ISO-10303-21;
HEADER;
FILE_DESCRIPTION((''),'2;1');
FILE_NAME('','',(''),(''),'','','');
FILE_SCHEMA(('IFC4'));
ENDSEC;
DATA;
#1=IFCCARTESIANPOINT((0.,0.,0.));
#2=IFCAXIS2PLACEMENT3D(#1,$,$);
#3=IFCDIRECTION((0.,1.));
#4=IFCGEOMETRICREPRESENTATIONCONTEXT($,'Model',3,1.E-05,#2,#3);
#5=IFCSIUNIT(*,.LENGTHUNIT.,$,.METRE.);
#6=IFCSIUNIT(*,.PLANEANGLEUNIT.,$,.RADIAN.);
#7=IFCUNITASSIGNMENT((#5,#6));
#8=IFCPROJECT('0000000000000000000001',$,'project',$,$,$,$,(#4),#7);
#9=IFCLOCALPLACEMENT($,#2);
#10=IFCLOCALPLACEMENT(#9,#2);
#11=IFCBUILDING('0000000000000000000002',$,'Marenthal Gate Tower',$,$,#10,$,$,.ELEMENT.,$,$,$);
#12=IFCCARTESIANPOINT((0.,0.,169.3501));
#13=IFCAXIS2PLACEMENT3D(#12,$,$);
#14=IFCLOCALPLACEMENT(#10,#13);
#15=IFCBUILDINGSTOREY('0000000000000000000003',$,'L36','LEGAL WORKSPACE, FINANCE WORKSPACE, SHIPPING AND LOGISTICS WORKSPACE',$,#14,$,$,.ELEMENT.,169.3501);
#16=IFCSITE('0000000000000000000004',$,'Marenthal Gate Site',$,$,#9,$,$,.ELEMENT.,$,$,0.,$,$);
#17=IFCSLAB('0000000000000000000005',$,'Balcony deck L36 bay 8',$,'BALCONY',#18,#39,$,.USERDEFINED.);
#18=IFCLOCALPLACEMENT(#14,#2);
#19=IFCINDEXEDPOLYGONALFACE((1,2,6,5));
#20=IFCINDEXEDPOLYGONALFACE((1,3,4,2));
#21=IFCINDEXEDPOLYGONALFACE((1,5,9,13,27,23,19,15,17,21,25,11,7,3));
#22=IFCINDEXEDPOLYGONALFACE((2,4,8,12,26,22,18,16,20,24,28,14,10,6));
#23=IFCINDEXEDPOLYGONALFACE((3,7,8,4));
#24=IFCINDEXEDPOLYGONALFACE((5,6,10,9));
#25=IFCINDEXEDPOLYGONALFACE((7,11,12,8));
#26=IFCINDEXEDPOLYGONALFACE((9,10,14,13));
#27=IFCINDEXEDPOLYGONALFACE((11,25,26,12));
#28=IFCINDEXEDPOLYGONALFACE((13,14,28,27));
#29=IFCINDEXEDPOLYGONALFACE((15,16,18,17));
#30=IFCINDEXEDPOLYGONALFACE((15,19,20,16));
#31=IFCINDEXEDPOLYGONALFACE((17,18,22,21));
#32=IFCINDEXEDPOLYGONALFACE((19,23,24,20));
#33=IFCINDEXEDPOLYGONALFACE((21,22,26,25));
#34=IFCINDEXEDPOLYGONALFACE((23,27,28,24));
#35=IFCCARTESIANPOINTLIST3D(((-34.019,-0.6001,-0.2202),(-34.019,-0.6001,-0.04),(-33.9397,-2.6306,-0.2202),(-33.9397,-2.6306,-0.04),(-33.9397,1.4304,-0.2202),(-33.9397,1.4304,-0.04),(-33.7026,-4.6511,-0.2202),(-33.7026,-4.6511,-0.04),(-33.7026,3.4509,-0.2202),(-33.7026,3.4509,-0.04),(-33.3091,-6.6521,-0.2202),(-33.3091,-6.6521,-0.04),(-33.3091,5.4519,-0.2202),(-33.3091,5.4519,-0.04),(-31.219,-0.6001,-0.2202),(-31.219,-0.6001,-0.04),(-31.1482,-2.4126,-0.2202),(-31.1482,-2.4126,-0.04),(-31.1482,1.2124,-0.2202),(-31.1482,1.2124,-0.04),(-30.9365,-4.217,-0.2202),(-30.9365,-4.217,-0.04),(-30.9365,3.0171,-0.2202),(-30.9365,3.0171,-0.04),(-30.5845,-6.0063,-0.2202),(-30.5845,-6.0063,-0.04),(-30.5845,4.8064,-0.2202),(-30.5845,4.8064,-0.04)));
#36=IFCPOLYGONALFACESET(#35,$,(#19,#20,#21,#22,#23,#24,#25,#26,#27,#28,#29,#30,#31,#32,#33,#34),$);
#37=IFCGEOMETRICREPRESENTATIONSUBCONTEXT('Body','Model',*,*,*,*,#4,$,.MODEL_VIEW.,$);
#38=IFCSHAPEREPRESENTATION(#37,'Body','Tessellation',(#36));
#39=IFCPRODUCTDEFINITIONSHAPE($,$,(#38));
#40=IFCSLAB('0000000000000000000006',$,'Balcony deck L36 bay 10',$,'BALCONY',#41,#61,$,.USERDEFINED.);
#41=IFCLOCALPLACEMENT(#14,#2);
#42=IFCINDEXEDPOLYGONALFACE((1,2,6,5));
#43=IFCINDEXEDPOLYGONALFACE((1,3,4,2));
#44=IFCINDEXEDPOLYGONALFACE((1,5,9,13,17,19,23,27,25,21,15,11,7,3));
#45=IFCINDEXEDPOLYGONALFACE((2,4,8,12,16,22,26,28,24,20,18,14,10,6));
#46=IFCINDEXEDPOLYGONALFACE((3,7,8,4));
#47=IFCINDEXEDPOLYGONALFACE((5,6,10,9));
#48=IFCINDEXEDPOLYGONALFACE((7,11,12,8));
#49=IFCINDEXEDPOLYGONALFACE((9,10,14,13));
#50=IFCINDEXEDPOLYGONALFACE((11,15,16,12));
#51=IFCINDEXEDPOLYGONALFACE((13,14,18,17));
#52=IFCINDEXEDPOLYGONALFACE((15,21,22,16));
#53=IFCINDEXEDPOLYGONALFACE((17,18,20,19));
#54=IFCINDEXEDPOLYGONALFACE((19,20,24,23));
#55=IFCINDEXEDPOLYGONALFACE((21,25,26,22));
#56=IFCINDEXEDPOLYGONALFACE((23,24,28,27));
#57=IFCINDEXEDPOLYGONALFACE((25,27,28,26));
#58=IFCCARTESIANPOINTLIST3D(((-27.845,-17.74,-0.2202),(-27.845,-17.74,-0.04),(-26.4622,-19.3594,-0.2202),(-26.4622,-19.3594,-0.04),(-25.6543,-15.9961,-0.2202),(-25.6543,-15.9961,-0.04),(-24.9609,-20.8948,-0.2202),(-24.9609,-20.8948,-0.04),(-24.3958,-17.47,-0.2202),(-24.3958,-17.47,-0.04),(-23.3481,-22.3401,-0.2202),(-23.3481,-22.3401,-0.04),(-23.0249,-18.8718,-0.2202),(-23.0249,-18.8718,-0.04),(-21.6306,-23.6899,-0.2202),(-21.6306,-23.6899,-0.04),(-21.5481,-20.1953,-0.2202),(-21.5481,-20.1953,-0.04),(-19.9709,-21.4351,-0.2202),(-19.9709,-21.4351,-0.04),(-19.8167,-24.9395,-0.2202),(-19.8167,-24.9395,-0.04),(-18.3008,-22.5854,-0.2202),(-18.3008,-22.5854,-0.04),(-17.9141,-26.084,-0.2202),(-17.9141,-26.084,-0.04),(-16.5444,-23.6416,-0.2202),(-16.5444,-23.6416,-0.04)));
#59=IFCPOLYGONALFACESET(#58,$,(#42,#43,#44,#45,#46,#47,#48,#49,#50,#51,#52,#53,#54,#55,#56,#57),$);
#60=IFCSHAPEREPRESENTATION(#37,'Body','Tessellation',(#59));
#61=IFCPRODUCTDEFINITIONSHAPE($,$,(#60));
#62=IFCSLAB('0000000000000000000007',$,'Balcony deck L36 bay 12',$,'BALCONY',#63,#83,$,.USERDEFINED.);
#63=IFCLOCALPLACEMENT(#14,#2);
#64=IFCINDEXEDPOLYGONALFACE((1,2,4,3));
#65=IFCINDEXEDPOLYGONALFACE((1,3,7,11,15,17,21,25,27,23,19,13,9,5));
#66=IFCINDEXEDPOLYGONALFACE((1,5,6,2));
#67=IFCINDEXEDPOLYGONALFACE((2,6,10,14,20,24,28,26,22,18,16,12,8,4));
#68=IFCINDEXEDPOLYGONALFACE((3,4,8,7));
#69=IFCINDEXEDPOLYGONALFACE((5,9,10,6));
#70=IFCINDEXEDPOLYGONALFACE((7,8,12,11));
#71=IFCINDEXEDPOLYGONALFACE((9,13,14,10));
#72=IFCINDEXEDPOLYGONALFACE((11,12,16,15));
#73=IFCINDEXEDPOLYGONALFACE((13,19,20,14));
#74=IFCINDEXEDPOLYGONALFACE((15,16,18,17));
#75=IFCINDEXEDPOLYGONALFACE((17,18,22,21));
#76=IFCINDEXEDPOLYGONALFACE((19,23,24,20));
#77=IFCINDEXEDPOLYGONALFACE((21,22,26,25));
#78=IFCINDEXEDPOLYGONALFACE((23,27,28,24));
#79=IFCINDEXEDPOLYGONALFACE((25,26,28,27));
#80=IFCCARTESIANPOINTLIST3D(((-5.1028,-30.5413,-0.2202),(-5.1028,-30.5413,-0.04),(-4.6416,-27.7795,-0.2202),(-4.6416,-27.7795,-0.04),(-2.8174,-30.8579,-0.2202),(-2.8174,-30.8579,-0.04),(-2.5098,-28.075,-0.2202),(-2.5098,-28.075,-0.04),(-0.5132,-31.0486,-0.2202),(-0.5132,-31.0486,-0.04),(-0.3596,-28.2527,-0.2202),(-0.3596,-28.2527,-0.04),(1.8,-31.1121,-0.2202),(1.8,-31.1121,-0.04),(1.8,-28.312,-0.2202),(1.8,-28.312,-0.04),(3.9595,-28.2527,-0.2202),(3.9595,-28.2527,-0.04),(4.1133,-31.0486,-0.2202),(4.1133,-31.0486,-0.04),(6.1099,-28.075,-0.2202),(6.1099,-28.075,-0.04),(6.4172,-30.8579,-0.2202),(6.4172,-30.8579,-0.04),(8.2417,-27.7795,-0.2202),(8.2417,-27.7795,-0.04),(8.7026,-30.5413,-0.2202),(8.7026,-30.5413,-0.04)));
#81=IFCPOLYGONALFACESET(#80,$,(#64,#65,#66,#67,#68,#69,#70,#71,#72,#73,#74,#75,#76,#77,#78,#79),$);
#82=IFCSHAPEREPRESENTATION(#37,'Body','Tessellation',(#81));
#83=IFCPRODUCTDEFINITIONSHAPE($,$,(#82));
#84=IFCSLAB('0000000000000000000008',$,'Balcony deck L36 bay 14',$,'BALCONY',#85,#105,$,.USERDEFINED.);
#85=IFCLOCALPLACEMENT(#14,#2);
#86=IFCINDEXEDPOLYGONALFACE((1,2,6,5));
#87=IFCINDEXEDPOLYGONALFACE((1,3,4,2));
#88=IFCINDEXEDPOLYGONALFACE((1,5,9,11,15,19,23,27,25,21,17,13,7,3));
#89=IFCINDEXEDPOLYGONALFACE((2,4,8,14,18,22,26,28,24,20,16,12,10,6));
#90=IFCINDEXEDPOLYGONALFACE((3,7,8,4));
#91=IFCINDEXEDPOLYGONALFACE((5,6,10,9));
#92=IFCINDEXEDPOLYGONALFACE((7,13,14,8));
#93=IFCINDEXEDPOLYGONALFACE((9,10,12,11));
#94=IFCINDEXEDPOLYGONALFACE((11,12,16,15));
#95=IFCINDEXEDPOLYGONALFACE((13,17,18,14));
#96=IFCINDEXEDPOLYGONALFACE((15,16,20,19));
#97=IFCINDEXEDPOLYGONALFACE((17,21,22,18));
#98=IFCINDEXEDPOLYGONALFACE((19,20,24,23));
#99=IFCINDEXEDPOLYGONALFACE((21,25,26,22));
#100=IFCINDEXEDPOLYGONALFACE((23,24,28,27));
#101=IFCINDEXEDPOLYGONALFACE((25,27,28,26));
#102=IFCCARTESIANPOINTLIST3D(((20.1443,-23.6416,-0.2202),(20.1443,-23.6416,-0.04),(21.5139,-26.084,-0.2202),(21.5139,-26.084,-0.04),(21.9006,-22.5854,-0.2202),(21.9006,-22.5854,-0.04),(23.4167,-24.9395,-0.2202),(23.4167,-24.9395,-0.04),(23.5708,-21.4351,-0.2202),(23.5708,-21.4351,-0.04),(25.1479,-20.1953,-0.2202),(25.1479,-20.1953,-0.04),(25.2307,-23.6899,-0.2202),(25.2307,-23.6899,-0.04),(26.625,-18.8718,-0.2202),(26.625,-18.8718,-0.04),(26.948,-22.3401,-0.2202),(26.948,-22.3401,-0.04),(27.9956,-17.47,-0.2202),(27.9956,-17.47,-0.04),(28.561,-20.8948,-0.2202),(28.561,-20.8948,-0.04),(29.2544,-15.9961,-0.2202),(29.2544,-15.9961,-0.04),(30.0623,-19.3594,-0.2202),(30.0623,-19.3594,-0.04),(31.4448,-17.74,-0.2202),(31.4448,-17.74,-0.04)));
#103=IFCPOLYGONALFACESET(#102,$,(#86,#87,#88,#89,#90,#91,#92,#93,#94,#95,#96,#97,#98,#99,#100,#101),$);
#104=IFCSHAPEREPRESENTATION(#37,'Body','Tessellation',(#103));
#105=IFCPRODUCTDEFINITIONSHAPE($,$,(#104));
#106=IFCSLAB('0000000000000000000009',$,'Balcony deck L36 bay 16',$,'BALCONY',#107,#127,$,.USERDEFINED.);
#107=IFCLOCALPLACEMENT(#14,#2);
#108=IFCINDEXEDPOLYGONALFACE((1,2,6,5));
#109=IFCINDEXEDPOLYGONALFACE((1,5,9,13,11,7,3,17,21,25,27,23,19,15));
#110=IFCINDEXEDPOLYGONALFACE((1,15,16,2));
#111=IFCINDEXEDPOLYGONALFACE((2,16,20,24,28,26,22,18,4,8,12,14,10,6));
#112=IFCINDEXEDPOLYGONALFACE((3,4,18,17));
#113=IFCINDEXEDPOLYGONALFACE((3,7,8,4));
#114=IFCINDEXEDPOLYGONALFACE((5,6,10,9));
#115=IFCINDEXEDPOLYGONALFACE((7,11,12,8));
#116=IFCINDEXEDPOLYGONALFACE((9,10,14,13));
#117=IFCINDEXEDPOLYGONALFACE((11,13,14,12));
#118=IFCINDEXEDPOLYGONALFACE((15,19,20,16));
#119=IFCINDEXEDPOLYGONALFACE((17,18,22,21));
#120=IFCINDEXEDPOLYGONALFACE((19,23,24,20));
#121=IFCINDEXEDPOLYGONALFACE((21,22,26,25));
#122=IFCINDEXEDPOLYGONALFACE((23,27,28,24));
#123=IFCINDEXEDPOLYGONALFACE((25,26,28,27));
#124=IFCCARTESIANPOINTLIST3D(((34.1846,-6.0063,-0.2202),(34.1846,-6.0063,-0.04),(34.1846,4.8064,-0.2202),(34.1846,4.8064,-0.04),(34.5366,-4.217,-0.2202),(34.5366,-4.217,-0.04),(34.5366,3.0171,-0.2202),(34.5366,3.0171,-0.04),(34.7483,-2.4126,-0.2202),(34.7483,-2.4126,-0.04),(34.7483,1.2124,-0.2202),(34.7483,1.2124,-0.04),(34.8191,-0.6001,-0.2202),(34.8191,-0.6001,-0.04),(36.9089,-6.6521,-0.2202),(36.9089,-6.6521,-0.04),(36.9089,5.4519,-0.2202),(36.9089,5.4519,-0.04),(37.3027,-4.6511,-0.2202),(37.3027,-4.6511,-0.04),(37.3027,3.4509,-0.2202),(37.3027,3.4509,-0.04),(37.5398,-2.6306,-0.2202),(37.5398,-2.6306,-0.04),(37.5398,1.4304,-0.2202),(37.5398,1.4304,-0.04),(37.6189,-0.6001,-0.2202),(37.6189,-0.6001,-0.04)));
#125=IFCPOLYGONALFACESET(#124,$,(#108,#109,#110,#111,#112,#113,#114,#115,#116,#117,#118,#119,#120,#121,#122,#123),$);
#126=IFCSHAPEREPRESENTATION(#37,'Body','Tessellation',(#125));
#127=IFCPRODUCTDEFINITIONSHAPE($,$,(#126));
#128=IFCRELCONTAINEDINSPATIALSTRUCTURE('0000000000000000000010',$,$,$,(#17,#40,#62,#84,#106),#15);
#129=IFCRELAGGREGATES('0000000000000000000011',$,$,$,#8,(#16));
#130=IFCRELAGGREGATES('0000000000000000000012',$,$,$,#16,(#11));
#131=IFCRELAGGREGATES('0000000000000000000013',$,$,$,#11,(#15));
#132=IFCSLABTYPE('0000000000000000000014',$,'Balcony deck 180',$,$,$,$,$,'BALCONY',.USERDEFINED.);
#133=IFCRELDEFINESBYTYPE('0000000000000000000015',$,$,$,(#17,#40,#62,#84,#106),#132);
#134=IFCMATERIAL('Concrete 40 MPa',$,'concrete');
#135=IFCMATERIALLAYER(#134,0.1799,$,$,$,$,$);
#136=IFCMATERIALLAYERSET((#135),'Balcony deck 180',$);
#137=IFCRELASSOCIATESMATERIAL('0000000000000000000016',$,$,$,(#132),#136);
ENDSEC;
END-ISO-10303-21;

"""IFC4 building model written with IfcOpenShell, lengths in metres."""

from ifc_helpers import new_model, si_unit, direction, frame, origin, place, context, subcontext, project, spatial, polyline, outline, extrude, material, layer, layer_set, type_object, element, save


model = new_model("IFC4")

# Units and contexts
model_context = context("Model", 3, precision=1e-05, world=origin(), true_north=direction((0.0, 1.0)))
body_context = subcontext(model_context, "Body", "Model", "MODEL_VIEW")
ifc_project = project(units=[si_unit("LENGTHUNIT", "METRE"), si_unit("PLANEANGLEUNIT", "RADIAN")], contexts=[model_context])

# Site, building, storey
site_placement = place(None, origin())
site = spatial("IfcSite", under=ifc_project, at=site_placement, Name="Marenthal Gate Site", CompositionType="ELEMENT", RefElevation=0.0)
building_placement = place(site_placement, origin())
building = spatial("IfcBuilding", under=site, at=building_placement, Name="Marenthal Gate Tower", CompositionType="ELEMENT")
storey_placement = place(building_placement, frame((0.0, 0.0, 169.3501)))
storey = spatial("IfcBuildingStorey", under=building, at=storey_placement, Name="L36", Description="LEGAL WORKSPACE, FINANCE WORKSPACE, SHIPPING AND LOGISTICS WORKSPACE", CompositionType="ELEMENT", Elevation=169.3501)

# Slabs
ifc_material_1 = material(Name="Concrete 40 MPa", Category="concrete")
ifc_layer_1 = layer(ifc_material_1, 0.1799)
ifc_layer_set_1 = layer_set([ifc_layer_1], Name="Balcony deck 180")
slab_type = type_object("IfcSlabType", Name="Balcony deck 180", ElementType="BALCONY", PredefinedType="USERDEFINED", material=ifc_layer_set_1)
slab_1_placement = place(storey_placement, frame((0.0, 0.0, -0.2202)))
element("IfcSlab", 1, at=slab_1_placement, inside=storey, type_object=slab_type, Name="Balcony deck L36 bay 8", ObjectType="BALCONY", PredefinedType="USERDEFINED", context=body_context, shape_type="SweptSolid", body=[
    extrude(outline(polyline([(-30.5845, 4.8064), (-30.9365, 3.0171), (-31.1482, 1.2124), (-31.219, -0.6001), (-31.1482, -2.4126), (-30.9365, -4.217), (-30.5845, -6.0063), (-33.3091, -6.6521), (-33.7026, -4.6511), (-33.9397, -2.6306), (-34.019, -0.6001), (-33.9397, 1.4304), (-33.7026, 3.4509), (-33.3091, 5.4519), (-30.5845, 4.8064)])), origin(), (0.0, 0.0, 1.0), 0.1802),
])
slab_2_placement = place(storey_placement, frame((0.0, 0.0, -0.2202)))
element("IfcSlab", 2, at=slab_2_placement, inside=storey, type_object=slab_type, Name="Balcony deck L36 bay 10", ObjectType="BALCONY", PredefinedType="USERDEFINED", context=body_context, shape_type="SweptSolid", body=[
    extrude(outline(polyline([(-25.6543, -15.9961), (-24.3958, -17.47), (-23.0249, -18.8718), (-21.5481, -20.1953), (-19.9709, -21.4351), (-18.3008, -22.5854), (-16.5444, -23.6416), (-17.9141, -26.084), (-19.8167, -24.9395), (-21.6306, -23.6899), (-23.3481, -22.3401), (-24.9609, -20.8948), (-26.4622, -19.3594), (-27.845, -17.74), (-25.6543, -15.9961)])), origin(), (0.0, 0.0, 1.0), 0.1802),
])
slab_3_placement = place(storey_placement, frame((0.0, 0.0, -0.2202)))
element("IfcSlab", 3, at=slab_3_placement, inside=storey, type_object=slab_type, Name="Balcony deck L36 bay 12", ObjectType="BALCONY", PredefinedType="USERDEFINED", context=body_context, shape_type="SweptSolid", body=[
    extrude(outline(polyline([(-4.6416, -27.7795), (-2.5098, -28.075), (-0.3596, -28.2527), (1.8, -28.312), (3.9595, -28.2527), (6.1099, -28.075), (8.2417, -27.7795), (8.7026, -30.5413), (6.4172, -30.8579), (4.1133, -31.0486), (1.8, -31.1121), (-0.5132, -31.0486), (-2.8174, -30.8579), (-5.1028, -30.5413), (-4.6416, -27.7795)])), origin(), (0.0, 0.0, 1.0), 0.1802),
])
slab_4_placement = place(storey_placement, frame((0.0, 0.0, -0.2202)))
element("IfcSlab", 4, at=slab_4_placement, inside=storey, type_object=slab_type, Name="Balcony deck L36 bay 14", ObjectType="BALCONY", PredefinedType="USERDEFINED", context=body_context, shape_type="SweptSolid", body=[
    extrude(outline(polyline([(20.1443, -23.6416), (21.9006, -22.5854), (23.5708, -21.4351), (25.1479, -20.1953), (26.625, -18.8718), (27.9956, -17.47), (29.2544, -15.9961), (31.4448, -17.74), (30.0623, -19.3594), (28.561, -20.8948), (26.948, -22.3401), (25.2307, -23.6899), (23.4167, -24.9395), (21.5139, -26.084), (20.1443, -23.6416)])), origin(), (0.0, 0.0, 1.0), 0.1802),
])
slab_5_placement = place(storey_placement, frame((0.0, 0.0, -0.2202)))
element("IfcSlab", 5, at=slab_5_placement, inside=storey, type_object=slab_type, Name="Balcony deck L36 bay 16", ObjectType="BALCONY", PredefinedType="USERDEFINED", context=body_context, shape_type="SweptSolid", body=[
    extrude(outline(polyline([(34.1846, -6.0063), (34.5366, -4.217), (34.7483, -2.4126), (34.8191, -0.6001), (34.7483, 1.2124), (34.5366, 3.0171), (34.1846, 4.8064), (36.9089, 5.4519), (37.3027, 3.4509), (37.5398, 1.4304), (37.6189, -0.6001), (37.5398, -2.6306), (37.3027, -4.6511), (36.9089, -6.6521), (34.1846, -6.0063)])), origin(), (0.0, 0.0, 1.0), 0.1802),
])

save(model, "model.ifc")
